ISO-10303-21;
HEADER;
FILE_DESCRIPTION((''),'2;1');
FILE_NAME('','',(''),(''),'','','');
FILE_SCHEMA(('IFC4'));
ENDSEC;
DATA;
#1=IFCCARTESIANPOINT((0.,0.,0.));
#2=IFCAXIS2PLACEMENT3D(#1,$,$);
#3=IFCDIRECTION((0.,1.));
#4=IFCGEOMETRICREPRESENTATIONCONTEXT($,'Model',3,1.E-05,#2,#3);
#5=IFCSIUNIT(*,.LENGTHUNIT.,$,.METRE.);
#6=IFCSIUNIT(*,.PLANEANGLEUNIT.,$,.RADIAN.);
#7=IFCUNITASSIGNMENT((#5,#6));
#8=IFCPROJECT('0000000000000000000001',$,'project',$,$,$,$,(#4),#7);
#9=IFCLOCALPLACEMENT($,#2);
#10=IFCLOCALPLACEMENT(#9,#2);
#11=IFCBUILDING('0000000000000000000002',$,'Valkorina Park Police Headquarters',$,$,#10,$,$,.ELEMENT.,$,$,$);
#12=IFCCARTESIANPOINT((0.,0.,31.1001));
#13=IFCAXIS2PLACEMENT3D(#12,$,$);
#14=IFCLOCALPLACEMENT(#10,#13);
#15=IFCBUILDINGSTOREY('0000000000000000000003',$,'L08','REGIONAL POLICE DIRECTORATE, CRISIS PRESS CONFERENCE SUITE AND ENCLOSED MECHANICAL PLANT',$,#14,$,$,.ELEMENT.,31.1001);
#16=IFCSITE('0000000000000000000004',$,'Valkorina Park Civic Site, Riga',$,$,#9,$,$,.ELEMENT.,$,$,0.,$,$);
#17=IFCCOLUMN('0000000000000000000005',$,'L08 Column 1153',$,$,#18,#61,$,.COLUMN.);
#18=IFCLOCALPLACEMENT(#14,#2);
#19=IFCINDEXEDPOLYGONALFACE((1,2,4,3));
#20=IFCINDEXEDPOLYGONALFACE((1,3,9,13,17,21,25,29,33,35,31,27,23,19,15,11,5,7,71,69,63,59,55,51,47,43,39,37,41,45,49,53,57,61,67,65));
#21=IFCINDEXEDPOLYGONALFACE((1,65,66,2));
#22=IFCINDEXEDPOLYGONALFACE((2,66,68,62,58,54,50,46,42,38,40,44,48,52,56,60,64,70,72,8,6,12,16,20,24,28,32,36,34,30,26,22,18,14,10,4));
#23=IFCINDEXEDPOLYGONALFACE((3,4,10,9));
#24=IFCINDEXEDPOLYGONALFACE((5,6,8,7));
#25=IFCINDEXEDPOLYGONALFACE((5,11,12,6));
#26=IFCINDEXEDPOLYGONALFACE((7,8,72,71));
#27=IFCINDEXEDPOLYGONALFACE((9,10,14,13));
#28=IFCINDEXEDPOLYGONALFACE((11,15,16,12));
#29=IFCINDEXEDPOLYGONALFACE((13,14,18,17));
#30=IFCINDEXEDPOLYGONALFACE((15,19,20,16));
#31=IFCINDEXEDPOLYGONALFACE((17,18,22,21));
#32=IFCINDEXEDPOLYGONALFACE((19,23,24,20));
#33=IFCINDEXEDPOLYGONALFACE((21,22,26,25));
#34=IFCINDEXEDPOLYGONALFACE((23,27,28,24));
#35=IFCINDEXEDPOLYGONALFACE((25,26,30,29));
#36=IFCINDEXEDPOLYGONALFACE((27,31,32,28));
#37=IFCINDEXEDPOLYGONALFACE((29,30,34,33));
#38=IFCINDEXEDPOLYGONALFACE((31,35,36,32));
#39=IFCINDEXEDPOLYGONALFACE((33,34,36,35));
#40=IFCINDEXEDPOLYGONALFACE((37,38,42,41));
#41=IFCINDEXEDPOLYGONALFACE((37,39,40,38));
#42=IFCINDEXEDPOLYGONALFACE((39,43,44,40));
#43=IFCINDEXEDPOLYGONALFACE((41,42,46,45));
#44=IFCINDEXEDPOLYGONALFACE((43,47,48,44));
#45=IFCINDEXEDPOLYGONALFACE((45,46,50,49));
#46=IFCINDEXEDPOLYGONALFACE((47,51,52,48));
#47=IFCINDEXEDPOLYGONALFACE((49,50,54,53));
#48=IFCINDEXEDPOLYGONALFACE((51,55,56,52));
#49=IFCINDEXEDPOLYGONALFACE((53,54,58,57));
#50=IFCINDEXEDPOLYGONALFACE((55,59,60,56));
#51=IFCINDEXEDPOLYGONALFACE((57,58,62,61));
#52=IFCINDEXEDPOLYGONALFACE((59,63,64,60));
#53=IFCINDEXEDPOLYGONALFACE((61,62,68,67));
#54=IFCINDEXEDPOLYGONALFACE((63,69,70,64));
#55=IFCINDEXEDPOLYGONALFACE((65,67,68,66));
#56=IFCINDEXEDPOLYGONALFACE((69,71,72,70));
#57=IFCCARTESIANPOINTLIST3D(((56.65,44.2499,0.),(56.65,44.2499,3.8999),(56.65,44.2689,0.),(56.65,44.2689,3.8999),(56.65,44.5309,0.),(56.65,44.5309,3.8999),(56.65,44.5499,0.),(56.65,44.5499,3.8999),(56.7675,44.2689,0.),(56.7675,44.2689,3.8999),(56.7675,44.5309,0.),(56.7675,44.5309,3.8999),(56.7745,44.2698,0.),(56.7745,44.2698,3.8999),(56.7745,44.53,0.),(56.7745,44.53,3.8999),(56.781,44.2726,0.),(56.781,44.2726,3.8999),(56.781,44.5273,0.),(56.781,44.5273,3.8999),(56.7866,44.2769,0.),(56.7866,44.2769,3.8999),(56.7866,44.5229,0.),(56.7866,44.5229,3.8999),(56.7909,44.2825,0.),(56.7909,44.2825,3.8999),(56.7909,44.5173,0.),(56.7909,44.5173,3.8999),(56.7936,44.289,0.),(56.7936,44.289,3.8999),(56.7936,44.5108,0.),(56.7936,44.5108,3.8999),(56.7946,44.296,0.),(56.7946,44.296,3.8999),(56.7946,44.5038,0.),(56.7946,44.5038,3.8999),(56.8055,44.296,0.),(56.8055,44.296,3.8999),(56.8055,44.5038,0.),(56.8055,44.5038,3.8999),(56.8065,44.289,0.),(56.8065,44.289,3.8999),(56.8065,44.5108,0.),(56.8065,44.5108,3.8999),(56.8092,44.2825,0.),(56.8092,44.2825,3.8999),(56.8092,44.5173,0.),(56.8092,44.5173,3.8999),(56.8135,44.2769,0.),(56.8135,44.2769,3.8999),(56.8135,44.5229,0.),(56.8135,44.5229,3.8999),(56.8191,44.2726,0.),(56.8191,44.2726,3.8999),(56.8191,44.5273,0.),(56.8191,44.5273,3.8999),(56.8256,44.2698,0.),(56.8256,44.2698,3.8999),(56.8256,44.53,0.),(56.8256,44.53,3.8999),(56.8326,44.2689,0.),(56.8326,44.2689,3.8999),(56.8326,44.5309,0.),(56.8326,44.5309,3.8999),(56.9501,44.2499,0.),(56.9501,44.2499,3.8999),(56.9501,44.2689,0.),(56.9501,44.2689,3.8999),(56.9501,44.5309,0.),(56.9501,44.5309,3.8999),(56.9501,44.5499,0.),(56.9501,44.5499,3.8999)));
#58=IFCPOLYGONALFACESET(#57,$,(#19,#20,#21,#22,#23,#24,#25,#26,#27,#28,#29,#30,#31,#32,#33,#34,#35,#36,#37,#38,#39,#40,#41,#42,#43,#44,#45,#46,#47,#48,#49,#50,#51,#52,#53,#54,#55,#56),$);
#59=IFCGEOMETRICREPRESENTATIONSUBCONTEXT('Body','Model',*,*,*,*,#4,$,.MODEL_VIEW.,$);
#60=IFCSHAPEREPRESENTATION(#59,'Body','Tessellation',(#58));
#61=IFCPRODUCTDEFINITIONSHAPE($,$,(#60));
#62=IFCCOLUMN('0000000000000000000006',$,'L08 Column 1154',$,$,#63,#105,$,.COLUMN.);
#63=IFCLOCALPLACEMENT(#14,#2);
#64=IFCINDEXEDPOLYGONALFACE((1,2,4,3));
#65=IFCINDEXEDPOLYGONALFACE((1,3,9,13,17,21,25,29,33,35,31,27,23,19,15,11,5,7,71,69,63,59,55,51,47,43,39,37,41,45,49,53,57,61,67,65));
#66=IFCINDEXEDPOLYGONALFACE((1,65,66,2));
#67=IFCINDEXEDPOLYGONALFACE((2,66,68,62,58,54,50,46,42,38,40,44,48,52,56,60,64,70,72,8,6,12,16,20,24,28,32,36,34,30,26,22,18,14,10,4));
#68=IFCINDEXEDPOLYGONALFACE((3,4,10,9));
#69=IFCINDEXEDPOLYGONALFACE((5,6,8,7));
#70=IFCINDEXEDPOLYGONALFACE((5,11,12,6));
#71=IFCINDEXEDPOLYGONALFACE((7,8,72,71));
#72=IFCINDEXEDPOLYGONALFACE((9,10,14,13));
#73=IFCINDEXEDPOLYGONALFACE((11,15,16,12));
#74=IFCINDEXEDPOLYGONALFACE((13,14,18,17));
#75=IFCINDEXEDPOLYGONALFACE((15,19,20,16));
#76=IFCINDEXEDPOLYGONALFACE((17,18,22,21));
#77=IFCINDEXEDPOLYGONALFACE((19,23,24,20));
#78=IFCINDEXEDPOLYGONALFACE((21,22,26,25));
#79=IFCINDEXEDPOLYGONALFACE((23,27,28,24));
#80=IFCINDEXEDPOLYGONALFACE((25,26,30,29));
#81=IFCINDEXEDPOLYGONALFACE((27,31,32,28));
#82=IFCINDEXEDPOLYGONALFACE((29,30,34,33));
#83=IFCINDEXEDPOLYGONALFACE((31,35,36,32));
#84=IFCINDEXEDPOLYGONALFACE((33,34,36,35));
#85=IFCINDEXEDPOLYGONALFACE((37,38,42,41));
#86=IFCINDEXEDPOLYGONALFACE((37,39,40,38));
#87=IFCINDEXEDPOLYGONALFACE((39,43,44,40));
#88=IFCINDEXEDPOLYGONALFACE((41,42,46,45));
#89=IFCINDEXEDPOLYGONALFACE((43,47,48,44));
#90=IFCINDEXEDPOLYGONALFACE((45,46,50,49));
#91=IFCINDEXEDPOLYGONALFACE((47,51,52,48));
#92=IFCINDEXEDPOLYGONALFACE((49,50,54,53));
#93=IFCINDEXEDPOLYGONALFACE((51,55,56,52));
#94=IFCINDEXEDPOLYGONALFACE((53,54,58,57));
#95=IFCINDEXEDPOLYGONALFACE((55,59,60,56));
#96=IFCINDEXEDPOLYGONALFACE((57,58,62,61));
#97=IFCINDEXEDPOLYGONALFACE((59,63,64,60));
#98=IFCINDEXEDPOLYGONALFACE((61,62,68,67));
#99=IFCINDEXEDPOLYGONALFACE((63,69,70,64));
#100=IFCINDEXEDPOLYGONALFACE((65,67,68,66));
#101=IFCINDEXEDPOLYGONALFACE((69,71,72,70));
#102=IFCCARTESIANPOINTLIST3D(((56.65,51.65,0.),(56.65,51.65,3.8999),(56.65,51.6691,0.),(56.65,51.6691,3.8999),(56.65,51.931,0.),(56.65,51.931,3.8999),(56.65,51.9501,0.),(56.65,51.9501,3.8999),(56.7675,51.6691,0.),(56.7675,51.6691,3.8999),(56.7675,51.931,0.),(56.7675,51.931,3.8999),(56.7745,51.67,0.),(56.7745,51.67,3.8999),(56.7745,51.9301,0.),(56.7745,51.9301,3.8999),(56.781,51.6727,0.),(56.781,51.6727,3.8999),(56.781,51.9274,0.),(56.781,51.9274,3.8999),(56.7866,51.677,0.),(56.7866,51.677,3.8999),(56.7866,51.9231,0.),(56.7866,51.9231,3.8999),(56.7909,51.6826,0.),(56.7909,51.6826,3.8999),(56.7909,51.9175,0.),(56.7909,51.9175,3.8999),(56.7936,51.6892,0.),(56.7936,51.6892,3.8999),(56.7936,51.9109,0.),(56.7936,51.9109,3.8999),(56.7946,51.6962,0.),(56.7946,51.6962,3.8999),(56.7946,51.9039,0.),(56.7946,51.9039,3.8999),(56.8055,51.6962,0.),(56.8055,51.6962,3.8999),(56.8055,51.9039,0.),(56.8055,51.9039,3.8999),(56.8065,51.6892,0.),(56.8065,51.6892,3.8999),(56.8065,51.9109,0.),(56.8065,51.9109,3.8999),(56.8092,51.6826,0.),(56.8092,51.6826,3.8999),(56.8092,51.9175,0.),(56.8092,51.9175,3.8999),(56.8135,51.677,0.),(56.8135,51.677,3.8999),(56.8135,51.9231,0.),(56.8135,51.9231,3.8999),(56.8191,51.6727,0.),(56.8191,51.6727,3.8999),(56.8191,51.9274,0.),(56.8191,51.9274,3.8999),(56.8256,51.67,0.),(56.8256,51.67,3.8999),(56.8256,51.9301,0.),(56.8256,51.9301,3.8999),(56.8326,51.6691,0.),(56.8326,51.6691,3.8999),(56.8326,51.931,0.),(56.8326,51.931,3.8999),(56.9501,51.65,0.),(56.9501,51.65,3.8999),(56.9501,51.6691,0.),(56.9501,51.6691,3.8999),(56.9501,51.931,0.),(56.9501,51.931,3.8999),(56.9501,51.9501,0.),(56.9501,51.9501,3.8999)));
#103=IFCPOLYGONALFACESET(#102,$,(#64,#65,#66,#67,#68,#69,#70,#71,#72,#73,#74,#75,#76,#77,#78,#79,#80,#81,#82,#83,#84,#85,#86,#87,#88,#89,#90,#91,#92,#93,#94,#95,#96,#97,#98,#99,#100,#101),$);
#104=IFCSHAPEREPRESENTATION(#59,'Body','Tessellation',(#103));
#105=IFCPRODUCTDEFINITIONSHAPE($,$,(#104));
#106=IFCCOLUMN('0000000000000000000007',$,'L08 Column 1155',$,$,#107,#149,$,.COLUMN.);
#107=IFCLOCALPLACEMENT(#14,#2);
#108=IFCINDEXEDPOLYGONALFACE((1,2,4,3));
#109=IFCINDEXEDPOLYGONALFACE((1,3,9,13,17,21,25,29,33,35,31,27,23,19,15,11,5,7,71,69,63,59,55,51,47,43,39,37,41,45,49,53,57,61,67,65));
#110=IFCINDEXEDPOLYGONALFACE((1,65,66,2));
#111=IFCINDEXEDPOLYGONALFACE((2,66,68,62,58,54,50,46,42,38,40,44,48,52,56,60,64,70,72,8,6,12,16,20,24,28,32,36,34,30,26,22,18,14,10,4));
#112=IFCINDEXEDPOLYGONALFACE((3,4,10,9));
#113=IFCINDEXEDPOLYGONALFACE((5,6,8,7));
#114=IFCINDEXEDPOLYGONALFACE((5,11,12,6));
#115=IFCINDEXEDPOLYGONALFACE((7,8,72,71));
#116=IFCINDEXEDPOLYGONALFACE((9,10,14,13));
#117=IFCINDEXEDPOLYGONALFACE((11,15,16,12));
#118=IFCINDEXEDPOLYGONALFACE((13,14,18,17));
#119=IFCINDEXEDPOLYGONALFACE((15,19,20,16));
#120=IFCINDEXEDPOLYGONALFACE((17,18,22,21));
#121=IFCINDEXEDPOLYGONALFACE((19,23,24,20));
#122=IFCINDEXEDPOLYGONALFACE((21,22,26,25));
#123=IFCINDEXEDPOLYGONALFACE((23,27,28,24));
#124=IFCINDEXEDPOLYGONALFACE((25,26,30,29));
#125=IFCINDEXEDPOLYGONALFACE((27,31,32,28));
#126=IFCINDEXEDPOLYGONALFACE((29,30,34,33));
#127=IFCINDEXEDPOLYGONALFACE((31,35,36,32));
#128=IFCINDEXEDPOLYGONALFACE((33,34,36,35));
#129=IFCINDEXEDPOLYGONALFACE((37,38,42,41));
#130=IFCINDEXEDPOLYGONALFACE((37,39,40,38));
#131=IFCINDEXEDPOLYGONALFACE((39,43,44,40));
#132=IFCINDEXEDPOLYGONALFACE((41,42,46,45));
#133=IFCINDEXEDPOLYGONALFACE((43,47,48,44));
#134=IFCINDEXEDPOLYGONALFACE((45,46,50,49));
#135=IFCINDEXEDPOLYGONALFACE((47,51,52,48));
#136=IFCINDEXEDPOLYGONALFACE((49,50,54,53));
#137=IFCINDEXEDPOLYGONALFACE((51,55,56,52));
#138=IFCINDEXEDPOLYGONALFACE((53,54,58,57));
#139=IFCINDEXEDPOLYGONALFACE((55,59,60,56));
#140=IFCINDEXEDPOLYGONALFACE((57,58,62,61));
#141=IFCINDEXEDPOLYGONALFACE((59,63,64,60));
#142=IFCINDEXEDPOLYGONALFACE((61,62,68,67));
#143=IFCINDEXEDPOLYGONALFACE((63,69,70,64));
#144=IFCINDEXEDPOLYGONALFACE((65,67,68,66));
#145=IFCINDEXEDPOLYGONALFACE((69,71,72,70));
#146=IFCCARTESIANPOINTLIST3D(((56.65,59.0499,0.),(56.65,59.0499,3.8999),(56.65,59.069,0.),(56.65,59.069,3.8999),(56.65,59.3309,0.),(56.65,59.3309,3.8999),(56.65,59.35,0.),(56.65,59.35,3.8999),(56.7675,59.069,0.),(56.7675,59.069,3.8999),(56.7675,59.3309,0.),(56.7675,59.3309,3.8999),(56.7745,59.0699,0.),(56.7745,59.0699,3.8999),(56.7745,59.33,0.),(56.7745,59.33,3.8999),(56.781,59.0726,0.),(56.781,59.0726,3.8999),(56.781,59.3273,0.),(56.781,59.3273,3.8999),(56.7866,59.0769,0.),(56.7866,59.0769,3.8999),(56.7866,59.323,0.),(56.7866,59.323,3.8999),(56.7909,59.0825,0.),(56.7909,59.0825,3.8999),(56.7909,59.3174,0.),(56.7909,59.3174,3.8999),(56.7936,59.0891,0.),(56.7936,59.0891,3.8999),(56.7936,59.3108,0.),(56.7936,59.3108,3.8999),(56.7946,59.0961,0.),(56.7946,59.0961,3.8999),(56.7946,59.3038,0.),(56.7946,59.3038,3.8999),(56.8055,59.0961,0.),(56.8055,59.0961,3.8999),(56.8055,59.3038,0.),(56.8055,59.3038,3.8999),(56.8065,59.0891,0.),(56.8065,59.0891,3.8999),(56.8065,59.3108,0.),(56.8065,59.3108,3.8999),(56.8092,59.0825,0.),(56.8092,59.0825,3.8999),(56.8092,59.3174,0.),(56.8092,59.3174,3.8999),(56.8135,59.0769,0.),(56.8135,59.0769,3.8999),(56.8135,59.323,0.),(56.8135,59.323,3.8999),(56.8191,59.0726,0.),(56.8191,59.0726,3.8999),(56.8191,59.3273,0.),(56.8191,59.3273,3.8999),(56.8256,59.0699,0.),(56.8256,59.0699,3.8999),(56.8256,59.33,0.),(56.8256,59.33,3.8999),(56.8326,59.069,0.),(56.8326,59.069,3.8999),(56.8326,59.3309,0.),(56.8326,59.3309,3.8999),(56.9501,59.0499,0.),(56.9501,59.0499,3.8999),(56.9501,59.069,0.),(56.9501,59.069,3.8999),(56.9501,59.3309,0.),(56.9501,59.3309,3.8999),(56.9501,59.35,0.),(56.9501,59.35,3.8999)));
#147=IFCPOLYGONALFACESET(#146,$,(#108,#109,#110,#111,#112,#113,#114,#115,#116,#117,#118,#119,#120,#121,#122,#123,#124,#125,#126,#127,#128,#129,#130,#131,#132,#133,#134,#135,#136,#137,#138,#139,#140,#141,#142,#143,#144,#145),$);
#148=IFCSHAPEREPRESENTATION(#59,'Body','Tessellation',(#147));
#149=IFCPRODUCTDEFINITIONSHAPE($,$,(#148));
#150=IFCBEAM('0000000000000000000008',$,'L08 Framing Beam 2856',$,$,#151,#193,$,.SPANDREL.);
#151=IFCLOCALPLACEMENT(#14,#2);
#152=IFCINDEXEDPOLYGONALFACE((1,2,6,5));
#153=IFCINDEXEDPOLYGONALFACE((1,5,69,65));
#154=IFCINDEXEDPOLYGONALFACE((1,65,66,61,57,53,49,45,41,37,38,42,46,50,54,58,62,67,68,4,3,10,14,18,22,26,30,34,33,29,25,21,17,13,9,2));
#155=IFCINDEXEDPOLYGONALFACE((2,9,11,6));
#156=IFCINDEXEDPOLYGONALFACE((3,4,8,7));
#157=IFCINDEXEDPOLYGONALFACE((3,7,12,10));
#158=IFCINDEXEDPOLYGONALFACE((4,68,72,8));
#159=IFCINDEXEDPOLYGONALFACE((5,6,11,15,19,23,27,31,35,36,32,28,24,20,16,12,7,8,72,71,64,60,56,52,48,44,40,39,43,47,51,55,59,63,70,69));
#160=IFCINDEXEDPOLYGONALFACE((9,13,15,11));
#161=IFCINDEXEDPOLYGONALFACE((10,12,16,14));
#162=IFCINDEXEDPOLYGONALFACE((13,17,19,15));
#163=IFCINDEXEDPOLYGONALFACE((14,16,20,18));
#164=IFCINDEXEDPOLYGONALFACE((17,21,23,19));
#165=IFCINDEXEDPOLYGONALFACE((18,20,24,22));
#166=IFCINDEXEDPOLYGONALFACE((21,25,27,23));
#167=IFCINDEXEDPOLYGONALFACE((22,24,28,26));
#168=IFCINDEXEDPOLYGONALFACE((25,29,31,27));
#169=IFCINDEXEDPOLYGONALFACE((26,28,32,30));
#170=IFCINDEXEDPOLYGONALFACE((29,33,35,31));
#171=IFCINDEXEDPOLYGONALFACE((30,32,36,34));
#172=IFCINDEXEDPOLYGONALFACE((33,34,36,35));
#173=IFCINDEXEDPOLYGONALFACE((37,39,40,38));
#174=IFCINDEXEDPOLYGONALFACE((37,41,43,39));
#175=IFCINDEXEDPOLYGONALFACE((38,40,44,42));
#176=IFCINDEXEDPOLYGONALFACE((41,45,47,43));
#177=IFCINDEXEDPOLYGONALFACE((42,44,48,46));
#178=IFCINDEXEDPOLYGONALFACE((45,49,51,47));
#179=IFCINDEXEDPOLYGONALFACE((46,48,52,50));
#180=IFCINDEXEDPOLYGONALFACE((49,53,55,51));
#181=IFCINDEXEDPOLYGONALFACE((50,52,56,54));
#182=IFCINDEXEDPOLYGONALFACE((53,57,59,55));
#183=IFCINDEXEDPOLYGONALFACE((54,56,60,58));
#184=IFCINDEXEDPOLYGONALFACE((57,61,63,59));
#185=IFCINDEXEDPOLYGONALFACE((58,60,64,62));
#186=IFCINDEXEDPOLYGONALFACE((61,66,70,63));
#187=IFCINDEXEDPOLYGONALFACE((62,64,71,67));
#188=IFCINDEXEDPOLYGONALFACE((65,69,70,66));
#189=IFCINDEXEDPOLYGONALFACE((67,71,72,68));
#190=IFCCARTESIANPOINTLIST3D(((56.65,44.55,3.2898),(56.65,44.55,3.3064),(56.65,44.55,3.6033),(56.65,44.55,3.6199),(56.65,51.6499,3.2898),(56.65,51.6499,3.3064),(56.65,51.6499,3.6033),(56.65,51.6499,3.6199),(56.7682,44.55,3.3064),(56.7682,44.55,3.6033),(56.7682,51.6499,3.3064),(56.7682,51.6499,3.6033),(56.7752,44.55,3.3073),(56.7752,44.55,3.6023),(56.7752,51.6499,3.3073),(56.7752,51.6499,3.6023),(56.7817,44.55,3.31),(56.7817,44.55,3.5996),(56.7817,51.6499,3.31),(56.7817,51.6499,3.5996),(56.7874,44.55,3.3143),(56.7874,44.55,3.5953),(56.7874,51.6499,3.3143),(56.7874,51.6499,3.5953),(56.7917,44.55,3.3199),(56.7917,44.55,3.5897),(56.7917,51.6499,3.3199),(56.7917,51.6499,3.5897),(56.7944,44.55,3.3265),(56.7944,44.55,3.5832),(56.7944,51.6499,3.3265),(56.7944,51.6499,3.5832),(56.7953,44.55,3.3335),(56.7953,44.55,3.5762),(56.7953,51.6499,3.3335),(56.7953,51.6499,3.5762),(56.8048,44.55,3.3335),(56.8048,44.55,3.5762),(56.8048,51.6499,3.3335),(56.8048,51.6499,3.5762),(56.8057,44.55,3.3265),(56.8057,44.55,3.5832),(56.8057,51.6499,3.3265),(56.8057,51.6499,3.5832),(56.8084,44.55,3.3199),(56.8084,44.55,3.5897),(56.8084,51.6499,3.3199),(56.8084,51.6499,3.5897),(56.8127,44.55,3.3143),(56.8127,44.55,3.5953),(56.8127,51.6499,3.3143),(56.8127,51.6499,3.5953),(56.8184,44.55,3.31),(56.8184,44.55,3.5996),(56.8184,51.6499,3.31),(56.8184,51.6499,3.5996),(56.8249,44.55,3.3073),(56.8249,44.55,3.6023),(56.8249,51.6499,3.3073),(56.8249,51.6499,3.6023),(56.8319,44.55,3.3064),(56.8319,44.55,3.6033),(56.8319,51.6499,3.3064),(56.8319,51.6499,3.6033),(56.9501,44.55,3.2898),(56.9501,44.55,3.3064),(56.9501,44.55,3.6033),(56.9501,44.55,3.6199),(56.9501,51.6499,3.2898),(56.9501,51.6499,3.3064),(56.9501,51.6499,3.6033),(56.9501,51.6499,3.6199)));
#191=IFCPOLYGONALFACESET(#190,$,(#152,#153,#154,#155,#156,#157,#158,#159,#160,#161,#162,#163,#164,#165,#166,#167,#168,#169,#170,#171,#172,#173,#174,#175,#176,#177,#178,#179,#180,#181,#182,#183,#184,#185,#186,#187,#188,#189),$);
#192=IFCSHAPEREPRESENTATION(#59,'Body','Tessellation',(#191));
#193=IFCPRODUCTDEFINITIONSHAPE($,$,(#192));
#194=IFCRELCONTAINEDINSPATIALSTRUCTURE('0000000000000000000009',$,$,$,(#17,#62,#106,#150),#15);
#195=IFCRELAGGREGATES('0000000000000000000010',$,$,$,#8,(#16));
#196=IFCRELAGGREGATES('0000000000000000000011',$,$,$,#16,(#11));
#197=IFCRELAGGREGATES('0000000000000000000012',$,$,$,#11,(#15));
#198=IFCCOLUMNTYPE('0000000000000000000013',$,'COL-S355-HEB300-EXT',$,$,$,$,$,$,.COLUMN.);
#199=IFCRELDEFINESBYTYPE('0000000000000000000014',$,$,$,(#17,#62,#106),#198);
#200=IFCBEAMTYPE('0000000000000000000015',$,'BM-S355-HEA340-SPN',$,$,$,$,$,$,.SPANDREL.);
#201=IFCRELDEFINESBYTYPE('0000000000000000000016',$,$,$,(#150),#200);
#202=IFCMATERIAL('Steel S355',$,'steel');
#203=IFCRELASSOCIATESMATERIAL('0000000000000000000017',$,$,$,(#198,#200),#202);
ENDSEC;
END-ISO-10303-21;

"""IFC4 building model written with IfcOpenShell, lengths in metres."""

from ifc_helpers import new_model, si_unit, direction, frame, origin, origin_2d, place, context, subcontext, project, spatial, i_section, extrude, material, material_profile, profile_set, type_object, element, save


model = new_model("IFC4")

# Units and contexts
model_context = context("Model", 3, precision=1e-05, world=origin(), true_north=direction((0.0, 1.0)))
body_context = subcontext(model_context, "Body", "Model", "MODEL_VIEW")
ifc_project = project(units=[si_unit("LENGTHUNIT", "METRE"), si_unit("PLANEANGLEUNIT", "RADIAN")], contexts=[model_context])

# Site, building, storey
site_placement = place(None, origin())
site = spatial("IfcSite", under=ifc_project, at=site_placement, Name="Valkorina Park Civic Site, Riga", CompositionType="ELEMENT", RefElevation=0.0)
building_placement = place(site_placement, origin())
building = spatial("IfcBuilding", under=site, at=building_placement, Name="Valkorina Park Police Headquarters", CompositionType="ELEMENT")
storey_placement = place(building_placement, frame((0.0, 0.0, 31.1001)))
storey = spatial("IfcBuildingStorey", under=building, at=storey_placement, Name="L08", Description="REGIONAL POLICE DIRECTORATE, CRISIS PRESS CONFERENCE SUITE AND ENCLOSED MECHANICAL PLANT", CompositionType="ELEMENT", Elevation=31.1001)

# Columns
ifc_material_1 = material(Name="Steel S355", Category="steel")
ifc_material_profile_1 = material_profile(ifc_material_1, i_section(OverallWidth=0.3, OverallDepth=0.3, WebThickness=0.011, FlangeThickness=0.019, FilletRadius=0.0271, at=origin_2d()), Name="HEB 300")
ifc_profile_set_1 = profile_set([ifc_material_profile_1], Name="Steel S355")
column_type = type_object("IfcColumnType", Name="COL-S355-HEB300-EXT", PredefinedType="COLUMN", material=ifc_profile_set_1)
for number, where, z_axis, x_axis, name in (
    (1, (56.8, 44.3999, 0.0), (0.0, 0.0, 1.0), (1.0, 0.0, 0.0), "L08 Column 1153"),
    (2, (56.8, 51.8, 0.0), (0.0, 0.0, 1.0), (1.0, 0.0, 0.0), "L08 Column 1154"),
    (3, (56.8, 59.2, 0.0), (0.0, 0.0, 1.0), (1.0, 0.0, 0.0), "L08 Column 1155"),
):
    element("IfcColumn", number, at=place(storey_placement, frame(where, z_axis=z_axis, x_axis=x_axis)), inside=storey, type_object=column_type, Name=name, PredefinedType="COLUMN", context=body_context, shape_type="SweptSolid", body=[
        extrude(i_section(OverallWidth=0.3, OverallDepth=0.3, WebThickness=0.011, FlangeThickness=0.019, FilletRadius=0.0271, at=origin_2d()), origin(), (0.0, 0.0, 1.0), 3.8999),
    ])

# Beam
ifc_material_profile_2 = material_profile(ifc_material_1, i_section(OverallWidth=0.3, OverallDepth=0.3301, WebThickness=0.0095, FlangeThickness=0.0166, FilletRadius=0.0271, at=origin_2d()), Name="HEA 340")
ifc_profile_set_2 = profile_set([ifc_material_profile_2], Name="Steel S355")
beam_type = type_object("IfcBeamType", Name="BM-S355-HEA340-SPN", PredefinedType="SPANDREL", material=ifc_profile_set_2)
beam_1_placement = place(storey_placement, frame((56.8, 44.55, 3.4548), z_axis=(0.0, 1.0, 0.0), x_axis=(-1.0, 0.0, 0.0)))
element("IfcBeam", 4, at=beam_1_placement, inside=storey, type_object=beam_type, Name="L08 Framing Beam 2856", PredefinedType="SPANDREL", context=body_context, shape_type="SweptSolid", body=[
    extrude(i_section(OverallWidth=0.3, OverallDepth=0.3301, WebThickness=0.0095, FlangeThickness=0.0166, FilletRadius=0.0271, at=origin_2d()), origin(), (0.0, 0.0, 1.0), 7.0999),
])

save(model, "model.ifc")
